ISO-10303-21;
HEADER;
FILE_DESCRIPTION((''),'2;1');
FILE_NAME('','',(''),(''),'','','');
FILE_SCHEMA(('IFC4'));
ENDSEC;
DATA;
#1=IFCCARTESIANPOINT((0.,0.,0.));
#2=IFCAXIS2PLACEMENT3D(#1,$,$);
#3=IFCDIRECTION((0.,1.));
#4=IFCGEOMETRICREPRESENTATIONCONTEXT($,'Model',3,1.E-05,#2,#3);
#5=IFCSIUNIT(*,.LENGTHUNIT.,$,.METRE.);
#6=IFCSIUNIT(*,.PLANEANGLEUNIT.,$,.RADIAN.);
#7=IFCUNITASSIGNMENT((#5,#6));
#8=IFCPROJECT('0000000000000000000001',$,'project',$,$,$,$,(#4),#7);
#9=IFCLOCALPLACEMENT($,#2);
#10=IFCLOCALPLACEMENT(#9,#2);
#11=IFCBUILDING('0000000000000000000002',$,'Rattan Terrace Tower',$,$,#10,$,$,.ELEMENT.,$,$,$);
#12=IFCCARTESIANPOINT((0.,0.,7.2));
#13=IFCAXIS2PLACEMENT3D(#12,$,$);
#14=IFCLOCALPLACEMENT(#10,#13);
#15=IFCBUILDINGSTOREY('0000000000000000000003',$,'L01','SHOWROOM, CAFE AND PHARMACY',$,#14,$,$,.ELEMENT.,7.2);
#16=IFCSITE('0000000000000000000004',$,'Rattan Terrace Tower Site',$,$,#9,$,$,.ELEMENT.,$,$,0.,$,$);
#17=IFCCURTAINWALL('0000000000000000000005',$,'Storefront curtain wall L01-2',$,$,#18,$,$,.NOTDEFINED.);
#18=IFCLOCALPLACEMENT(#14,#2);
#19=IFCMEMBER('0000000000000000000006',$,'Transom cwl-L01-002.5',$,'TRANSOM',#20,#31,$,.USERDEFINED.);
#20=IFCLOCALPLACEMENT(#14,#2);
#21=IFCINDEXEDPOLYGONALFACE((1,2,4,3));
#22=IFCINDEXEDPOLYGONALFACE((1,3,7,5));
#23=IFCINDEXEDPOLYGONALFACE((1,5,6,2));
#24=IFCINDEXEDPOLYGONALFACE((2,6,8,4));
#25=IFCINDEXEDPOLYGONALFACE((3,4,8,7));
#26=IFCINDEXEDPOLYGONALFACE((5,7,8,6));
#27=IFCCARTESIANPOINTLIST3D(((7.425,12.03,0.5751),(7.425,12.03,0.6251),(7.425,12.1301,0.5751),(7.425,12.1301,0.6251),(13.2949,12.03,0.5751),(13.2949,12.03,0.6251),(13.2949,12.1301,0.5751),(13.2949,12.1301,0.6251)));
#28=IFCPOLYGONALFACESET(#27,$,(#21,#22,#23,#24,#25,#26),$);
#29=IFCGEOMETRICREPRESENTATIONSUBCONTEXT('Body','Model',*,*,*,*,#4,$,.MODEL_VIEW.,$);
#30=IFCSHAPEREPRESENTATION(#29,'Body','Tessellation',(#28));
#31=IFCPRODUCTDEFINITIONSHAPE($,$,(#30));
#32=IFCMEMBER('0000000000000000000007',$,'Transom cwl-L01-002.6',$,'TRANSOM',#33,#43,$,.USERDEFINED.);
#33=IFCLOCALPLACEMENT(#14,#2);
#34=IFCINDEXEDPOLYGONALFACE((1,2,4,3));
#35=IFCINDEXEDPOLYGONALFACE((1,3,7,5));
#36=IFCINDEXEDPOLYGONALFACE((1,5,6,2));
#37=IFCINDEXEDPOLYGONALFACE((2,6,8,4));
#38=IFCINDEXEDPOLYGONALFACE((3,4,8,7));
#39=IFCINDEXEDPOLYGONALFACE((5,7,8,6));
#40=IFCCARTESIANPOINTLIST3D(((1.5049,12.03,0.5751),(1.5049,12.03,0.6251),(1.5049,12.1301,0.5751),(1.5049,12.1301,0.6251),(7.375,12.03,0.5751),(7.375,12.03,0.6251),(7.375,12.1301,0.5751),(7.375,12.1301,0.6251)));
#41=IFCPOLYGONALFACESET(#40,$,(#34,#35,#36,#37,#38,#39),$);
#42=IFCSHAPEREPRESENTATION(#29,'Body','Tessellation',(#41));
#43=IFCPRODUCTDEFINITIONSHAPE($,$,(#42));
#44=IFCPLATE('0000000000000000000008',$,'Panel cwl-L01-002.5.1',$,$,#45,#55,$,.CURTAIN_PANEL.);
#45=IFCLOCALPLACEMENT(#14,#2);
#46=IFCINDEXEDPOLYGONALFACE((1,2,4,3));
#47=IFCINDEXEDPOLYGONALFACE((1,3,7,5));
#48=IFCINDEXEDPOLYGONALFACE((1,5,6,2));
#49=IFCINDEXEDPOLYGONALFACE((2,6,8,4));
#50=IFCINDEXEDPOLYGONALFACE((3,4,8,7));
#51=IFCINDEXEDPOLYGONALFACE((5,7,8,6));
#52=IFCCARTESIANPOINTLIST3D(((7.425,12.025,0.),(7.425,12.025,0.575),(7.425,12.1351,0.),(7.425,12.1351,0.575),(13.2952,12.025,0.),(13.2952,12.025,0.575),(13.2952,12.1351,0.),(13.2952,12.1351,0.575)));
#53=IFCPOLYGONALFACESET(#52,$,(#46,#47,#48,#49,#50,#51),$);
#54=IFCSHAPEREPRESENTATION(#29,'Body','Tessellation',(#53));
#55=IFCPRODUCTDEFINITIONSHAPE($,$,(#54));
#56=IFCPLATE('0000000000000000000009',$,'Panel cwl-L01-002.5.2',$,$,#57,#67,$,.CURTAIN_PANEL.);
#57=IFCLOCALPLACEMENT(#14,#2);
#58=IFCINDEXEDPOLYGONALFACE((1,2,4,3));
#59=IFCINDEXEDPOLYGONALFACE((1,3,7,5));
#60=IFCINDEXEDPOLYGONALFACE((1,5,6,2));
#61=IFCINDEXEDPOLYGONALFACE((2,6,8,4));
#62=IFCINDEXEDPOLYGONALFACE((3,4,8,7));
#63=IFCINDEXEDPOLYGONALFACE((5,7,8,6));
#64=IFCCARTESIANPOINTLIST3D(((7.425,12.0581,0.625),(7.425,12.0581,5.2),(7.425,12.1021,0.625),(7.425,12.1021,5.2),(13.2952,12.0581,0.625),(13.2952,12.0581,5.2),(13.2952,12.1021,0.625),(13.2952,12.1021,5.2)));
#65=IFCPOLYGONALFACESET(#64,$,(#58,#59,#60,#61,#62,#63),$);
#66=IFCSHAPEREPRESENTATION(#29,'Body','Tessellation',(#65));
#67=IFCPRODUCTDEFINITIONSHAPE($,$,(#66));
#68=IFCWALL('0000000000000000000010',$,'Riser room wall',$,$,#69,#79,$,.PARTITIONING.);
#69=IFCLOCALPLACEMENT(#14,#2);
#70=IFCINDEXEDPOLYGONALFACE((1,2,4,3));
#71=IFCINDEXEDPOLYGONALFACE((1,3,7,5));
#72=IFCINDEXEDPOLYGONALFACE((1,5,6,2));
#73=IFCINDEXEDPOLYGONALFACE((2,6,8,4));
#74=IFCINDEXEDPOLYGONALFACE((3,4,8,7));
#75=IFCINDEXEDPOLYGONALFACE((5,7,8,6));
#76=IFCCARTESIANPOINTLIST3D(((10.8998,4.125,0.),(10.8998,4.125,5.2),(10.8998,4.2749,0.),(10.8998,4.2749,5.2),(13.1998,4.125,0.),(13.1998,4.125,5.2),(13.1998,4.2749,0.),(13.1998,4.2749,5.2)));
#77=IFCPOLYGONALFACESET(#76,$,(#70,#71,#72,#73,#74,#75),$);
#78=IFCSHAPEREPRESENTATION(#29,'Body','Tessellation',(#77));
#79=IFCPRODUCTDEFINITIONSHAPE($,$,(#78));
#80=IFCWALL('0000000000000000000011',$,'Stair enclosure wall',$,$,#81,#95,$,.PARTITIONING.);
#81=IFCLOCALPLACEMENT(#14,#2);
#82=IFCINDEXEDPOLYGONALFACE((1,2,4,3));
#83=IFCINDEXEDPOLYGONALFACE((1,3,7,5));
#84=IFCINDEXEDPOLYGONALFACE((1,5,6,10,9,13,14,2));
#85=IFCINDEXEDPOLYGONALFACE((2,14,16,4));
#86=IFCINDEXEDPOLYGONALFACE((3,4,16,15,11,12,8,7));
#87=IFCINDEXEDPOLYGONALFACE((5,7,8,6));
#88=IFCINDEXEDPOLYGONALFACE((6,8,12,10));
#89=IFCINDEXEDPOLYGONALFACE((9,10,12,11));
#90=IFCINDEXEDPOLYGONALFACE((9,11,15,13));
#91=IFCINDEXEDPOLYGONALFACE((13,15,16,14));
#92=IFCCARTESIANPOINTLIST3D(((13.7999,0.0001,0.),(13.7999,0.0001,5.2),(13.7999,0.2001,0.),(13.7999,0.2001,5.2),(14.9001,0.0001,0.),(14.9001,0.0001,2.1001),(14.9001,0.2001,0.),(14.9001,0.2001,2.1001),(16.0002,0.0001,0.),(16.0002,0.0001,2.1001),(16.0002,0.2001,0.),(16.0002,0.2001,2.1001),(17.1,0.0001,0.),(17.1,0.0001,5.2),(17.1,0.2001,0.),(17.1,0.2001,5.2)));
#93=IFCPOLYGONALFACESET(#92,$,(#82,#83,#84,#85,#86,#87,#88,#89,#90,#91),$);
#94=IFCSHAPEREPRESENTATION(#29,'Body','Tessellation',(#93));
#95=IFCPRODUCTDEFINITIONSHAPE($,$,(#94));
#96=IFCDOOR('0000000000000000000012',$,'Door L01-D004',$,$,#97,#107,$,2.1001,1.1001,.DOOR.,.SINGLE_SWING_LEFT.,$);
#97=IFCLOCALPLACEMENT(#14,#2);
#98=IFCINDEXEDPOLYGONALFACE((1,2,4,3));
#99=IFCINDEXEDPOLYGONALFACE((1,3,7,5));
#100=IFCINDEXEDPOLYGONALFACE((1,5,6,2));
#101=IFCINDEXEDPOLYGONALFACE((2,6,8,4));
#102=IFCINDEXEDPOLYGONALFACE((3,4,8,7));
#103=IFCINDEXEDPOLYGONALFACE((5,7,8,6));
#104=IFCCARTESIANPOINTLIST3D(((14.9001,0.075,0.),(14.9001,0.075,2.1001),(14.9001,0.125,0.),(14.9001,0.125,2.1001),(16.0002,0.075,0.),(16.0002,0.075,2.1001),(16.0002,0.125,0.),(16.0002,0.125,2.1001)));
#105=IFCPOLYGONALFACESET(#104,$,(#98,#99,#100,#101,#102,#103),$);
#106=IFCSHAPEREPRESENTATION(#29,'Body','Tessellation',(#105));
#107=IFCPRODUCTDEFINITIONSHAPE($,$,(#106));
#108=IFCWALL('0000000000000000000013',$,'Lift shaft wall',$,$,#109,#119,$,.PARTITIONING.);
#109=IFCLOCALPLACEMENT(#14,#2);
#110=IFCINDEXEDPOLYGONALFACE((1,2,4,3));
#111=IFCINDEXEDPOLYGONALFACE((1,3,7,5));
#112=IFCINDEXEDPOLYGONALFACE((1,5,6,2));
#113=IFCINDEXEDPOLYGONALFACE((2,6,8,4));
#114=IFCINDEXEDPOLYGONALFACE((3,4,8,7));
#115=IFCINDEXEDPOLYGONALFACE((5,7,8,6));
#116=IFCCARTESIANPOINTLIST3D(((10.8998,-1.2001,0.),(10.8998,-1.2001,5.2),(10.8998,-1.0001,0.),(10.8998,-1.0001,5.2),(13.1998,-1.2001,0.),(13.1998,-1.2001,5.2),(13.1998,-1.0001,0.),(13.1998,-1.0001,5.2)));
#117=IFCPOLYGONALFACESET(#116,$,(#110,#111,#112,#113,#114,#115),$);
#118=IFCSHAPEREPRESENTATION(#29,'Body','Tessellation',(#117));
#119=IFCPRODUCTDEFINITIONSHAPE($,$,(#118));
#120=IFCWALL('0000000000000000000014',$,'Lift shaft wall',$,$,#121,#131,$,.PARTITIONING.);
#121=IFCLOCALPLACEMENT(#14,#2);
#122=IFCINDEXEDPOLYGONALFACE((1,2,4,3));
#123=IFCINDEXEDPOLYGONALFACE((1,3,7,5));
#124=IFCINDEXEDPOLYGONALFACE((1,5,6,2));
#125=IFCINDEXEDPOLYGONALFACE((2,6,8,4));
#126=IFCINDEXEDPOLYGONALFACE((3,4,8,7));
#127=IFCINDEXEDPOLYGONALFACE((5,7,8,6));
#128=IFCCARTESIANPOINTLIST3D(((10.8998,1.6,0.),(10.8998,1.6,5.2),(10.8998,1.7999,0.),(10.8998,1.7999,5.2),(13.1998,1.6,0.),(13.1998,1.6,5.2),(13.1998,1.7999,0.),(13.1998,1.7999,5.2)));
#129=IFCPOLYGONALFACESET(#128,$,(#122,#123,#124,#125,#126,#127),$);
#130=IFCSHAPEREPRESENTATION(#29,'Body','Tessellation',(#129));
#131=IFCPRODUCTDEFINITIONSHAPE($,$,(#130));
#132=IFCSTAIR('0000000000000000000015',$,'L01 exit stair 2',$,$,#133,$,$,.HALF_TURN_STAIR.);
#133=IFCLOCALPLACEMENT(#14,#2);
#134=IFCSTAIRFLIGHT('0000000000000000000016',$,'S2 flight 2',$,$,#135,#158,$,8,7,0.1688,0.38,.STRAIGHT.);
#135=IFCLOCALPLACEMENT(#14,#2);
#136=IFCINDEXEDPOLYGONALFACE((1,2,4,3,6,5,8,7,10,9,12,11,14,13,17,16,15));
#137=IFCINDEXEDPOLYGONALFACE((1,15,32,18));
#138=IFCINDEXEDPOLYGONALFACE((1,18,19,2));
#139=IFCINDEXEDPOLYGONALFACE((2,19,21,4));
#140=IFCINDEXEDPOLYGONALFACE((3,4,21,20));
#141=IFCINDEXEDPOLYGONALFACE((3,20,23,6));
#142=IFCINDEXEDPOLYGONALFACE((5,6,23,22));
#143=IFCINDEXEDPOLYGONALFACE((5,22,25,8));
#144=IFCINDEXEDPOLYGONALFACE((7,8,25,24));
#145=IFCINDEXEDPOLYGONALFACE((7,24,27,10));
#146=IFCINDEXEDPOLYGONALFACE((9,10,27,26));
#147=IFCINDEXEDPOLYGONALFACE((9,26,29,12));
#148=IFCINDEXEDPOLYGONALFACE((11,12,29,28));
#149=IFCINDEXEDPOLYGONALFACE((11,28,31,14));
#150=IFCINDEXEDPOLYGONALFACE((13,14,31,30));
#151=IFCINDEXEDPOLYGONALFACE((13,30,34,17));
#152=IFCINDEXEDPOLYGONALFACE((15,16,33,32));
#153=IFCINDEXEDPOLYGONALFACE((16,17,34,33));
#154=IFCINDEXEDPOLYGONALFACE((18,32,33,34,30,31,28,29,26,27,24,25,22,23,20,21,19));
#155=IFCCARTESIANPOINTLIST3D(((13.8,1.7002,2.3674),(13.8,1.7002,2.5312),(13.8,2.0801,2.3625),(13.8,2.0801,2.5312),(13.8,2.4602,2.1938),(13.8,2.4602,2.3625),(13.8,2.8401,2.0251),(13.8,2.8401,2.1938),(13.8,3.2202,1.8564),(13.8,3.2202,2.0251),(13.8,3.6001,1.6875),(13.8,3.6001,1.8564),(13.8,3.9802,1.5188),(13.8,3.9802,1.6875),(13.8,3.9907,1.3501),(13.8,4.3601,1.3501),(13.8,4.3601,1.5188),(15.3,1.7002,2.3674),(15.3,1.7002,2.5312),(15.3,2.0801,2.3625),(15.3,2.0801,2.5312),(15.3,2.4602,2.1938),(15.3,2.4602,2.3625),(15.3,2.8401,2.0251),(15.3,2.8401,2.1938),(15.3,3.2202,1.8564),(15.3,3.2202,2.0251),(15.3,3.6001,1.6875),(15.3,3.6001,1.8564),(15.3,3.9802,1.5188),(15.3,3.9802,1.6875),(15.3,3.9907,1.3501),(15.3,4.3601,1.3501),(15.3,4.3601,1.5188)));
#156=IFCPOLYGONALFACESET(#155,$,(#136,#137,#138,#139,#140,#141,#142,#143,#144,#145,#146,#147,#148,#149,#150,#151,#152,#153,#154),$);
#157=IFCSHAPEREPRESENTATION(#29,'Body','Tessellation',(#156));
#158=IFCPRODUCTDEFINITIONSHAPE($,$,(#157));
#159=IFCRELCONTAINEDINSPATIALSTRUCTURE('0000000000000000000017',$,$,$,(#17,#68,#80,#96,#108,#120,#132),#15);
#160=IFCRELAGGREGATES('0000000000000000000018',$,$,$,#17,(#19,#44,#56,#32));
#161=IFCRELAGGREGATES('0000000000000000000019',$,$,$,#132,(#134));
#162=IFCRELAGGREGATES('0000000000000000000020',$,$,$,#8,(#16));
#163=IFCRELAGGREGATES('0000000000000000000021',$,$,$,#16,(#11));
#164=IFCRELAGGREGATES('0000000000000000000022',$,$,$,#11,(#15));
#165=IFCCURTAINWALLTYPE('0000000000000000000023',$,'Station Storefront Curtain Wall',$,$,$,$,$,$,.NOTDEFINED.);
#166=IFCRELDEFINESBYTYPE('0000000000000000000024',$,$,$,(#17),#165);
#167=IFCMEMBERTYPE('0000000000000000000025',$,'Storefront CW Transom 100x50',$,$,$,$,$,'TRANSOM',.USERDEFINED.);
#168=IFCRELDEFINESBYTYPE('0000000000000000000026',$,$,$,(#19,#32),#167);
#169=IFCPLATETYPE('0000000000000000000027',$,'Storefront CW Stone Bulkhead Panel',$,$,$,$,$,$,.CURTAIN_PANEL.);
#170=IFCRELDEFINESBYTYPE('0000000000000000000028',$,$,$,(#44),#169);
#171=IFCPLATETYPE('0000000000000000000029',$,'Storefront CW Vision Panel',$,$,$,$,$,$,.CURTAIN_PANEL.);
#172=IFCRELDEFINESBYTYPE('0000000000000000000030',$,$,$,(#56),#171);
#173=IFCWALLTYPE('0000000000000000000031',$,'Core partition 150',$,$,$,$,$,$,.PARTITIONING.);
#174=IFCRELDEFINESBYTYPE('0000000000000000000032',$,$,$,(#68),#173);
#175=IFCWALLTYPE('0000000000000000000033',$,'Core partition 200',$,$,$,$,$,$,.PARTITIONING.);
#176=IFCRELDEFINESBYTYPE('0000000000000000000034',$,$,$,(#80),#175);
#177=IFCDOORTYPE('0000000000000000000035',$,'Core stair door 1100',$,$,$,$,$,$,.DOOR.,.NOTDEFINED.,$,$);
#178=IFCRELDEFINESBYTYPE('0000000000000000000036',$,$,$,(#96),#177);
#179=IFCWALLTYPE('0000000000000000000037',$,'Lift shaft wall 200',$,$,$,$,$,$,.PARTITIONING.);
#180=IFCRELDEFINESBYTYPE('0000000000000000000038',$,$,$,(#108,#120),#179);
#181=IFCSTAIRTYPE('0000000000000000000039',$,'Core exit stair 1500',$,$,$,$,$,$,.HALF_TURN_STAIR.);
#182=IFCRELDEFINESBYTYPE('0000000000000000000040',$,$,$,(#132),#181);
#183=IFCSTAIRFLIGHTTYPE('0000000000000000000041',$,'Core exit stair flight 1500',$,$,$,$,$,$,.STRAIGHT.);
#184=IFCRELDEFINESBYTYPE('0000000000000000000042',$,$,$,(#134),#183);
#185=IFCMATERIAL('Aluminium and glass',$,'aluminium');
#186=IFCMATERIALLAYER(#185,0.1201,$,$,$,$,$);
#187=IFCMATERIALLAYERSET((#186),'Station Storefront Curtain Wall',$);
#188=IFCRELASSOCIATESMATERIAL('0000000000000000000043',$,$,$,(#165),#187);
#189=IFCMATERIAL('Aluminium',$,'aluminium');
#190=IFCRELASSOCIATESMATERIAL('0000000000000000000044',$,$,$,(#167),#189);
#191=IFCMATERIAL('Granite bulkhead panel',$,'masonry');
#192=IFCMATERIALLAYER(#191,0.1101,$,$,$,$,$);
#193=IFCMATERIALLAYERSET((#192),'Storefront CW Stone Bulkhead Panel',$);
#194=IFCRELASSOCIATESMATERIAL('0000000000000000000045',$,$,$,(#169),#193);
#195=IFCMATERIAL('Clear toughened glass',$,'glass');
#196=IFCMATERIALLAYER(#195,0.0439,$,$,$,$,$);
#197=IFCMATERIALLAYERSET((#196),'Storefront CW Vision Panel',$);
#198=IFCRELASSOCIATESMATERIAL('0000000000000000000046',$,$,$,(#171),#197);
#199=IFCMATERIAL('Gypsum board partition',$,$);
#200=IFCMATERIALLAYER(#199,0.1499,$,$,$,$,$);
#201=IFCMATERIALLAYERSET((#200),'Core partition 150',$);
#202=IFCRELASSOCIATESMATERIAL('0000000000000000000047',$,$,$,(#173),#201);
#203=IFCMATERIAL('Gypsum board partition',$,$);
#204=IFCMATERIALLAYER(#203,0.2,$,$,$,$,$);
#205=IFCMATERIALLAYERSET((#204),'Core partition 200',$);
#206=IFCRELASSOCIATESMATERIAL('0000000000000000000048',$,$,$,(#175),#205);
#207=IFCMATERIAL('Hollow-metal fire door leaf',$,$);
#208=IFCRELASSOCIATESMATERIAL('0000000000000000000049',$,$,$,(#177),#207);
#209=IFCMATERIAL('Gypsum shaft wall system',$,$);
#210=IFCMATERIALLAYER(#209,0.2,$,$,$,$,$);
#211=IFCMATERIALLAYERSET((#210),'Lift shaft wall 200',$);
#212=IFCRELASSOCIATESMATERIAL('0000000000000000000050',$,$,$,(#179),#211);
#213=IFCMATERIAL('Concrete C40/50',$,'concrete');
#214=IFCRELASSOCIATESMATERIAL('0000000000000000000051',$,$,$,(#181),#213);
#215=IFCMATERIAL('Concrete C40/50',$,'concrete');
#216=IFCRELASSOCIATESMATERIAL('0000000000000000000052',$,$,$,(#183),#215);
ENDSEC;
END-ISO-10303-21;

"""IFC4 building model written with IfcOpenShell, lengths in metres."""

from ifc_helpers import new_model, si_unit, direction, frame, frame_2d, origin, origin_2d, place, context, subcontext, project, spatial, polyline, rectangle, outline, extrude, material, layer, layer_set, material_profile, profile_set, type_object, element, fill, aggregate, save


model = new_model("IFC4")

# Units and contexts
model_context = context("Model", 3, precision=1e-05, world=origin(), true_north=direction((0.0, 1.0)))
body_context = subcontext(model_context, "Body", "Model", "MODEL_VIEW")
ifc_project = project(units=[si_unit("LENGTHUNIT", "METRE"), si_unit("PLANEANGLEUNIT", "RADIAN")], contexts=[model_context])

# Site, building, storey
site_placement = place(None, origin())
site = spatial("IfcSite", under=ifc_project, at=site_placement, Name="Rattan Terrace Tower Site", CompositionType="ELEMENT", RefElevation=0.0)
building_placement = place(site_placement, origin())
building = spatial("IfcBuilding", under=site, at=building_placement, Name="Rattan Terrace Tower", CompositionType="ELEMENT")
storey_placement = place(building_placement, frame((0.0, 0.0, 7.2)))
storey = spatial("IfcBuildingStorey", under=building, at=storey_placement, Name="L01", Description="SHOWROOM, CAFE AND PHARMACY", CompositionType="ELEMENT", Elevation=7.2)

# Curtain wall, members, plates
ifc_material_1 = material(Name="Aluminium and glass", Category="aluminium")
ifc_layer_1 = layer(ifc_material_1, 0.1201)
ifc_layer_set_1 = layer_set([ifc_layer_1], Name="Station Storefront Curtain Wall")
curtain_wall_type = type_object("IfcCurtainWallType", Name="Station Storefront Curtain Wall", PredefinedType="NOTDEFINED", material=ifc_layer_set_1)
curtain_wall_placement = place(storey_placement, origin())
curtain_wall = element("IfcCurtainWall", 1, at=curtain_wall_placement, inside=storey, type_object=curtain_wall_type, Name="Storefront curtain wall L01-2", PredefinedType="NOTDEFINED")
ifc_material_2 = material(Name="Aluminium", Category="aluminium")
ifc_material_profile_1 = material_profile(ifc_material_2, rectangle(XDim=0.1001, YDim=0.05, at=origin_2d()), Name="Aluminium 100x50")
ifc_profile_set_1 = profile_set([ifc_material_profile_1], Name="Aluminium")
member_type_1 = type_object("IfcMemberType", Name="Storefront CW Transom 100x50", ElementType="TRANSOM", PredefinedType="USERDEFINED", material=ifc_profile_set_1)
member_1_placement = place(storey_placement, frame((13.2949, 12.0801, 0.6001), z_axis=(-1.0, 0.0, 0.0), x_axis=(0.0, -1.0, 0.0)))
member_1 = element("IfcMember", 2, at=member_1_placement, type_object=member_type_1, Name="Transom cwl-L01-002.5", ObjectType="TRANSOM", PredefinedType="USERDEFINED", context=body_context, shape_type="SweptSolid", body=[
    extrude(rectangle(XDim=0.1001, YDim=0.05, at=origin_2d()), origin(), (0.0, 0.0, 1.0), 5.8699),
])
member_2_placement = place(storey_placement, frame((7.375, 12.0801, 0.6001), z_axis=(-1.0, 0.0, 0.0), x_axis=(0.0, -1.0, 0.0)))
member_2 = element("IfcMember", 3, at=member_2_placement, type_object=member_type_1, Name="Transom cwl-L01-002.6", ObjectType="TRANSOM", PredefinedType="USERDEFINED", context=body_context, shape_type="SweptSolid", body=[
    extrude(rectangle(XDim=0.1001, YDim=0.05, at=origin_2d()), origin(), (0.0, 0.0, 1.0), 5.8701),
])
ifc_material_3 = material(Name="Granite bulkhead panel", Category="masonry")
ifc_layer_2 = layer(ifc_material_3, 0.1101)
ifc_layer_set_2 = layer_set([ifc_layer_2], Name="Storefront CW Stone Bulkhead Panel")
plate_type_1 = type_object("IfcPlateType", Name="Storefront CW Stone Bulkhead Panel", PredefinedType="CURTAIN_PANEL", material=ifc_layer_set_2)
plate_1_placement = place(storey_placement, frame((10.3601, 12.0801, 0.0), z_axis=(0.0, 0.0, 1.0), x_axis=(-1.0, 0.0, 0.0)))
plate_1 = element("IfcPlate", 4, at=plate_1_placement, type_object=plate_type_1, Name="Panel cwl-L01-002.5.1", PredefinedType="CURTAIN_PANEL", context=body_context, shape_type="SweptSolid", body=[
    extrude(rectangle(XDim=5.8701, YDim=0.1101, at=origin_2d()), origin(), (0.0, 0.0, 1.0), 0.575),
])
ifc_material_4 = material(Name="Clear toughened glass", Category="glass")
ifc_layer_3 = layer(ifc_material_4, 0.0439)
ifc_layer_set_3 = layer_set([ifc_layer_3], Name="Storefront CW Vision Panel")
plate_type_2 = type_object("IfcPlateType", Name="Storefront CW Vision Panel", PredefinedType="CURTAIN_PANEL", material=ifc_layer_set_3)
plate_2_placement = place(storey_placement, frame((10.3601, 12.0801, 0.625), z_axis=(0.0, 0.0, 1.0), x_axis=(-1.0, 0.0, 0.0)))
plate_2 = element("IfcPlate", 5, at=plate_2_placement, type_object=plate_type_2, Name="Panel cwl-L01-002.5.2", PredefinedType="CURTAIN_PANEL", context=body_context, shape_type="SweptSolid", body=[
    extrude(rectangle(XDim=5.8701, YDim=0.0439, at=origin_2d()), origin(), (0.0, 0.0, 1.0), 4.575),
])
aggregate(curtain_wall, [member_1, plate_1, plate_2, member_2])

# Wall
ifc_material_5 = material(Name="Gypsum board partition")
ifc_layer_4 = layer(ifc_material_5, 0.1499)
ifc_layer_set_4 = layer_set([ifc_layer_4], Name="Core partition 150")
wall_type_1 = type_object("IfcWallType", Name="Core partition 150", PredefinedType="PARTITIONING", material=ifc_layer_set_4)
wall_1_placement = place(storey_placement, frame((10.8999, 4.2, 0.0), z_axis=(0.0, 0.0, 1.0), x_axis=(1.0, 0.0, 0.0)))
element("IfcWall", 6, at=wall_1_placement, inside=storey, type_object=wall_type_1, Name="Riser room wall", PredefinedType="PARTITIONING", context=body_context, shape_type="SweptSolid", body=[
    extrude(rectangle(XDim=2.3, YDim=0.1499, at=frame_2d((1.1499, 0.0))), origin(), (0.0, 0.0, 1.0), 5.2),
])

# Wall, opening, door
ifc_material_6 = material(Name="Gypsum board partition")
ifc_layer_5 = layer(ifc_material_6, 0.2)
ifc_layer_set_5 = layer_set([ifc_layer_5], Name="Core partition 200")
wall_type_2 = type_object("IfcWallType", Name="Core partition 200", PredefinedType="PARTITIONING", material=ifc_layer_set_5)
wall_2_placement = place(storey_placement, frame((13.8, 0.1001, 0.0), z_axis=(0.0, 0.0, 1.0), x_axis=(1.0, 0.0, 0.0)))
wall_2 = element("IfcWall", 7, at=wall_2_placement, inside=storey, type_object=wall_type_2, Name="Stair enclosure wall", PredefinedType="PARTITIONING", context=body_context, shape_type="SweptSolid", body=[
    extrude(rectangle(XDim=3.3, YDim=0.2, at=frame_2d((1.6499, 0.0))), origin(), (0.0, 0.0, 1.0), 5.2),
])
opening_placement = place(wall_2_placement, frame((1.1001, 0.0, 0.0)))
opening = element("IfcOpeningElement", 8, at=opening_placement, cuts=wall_2, PredefinedType="OPENING", context=body_context, shape_type="SweptSolid", body=[
    extrude(rectangle(XDim=1.1001, YDim=2.1001, at=frame_2d((0.55, 1.05))), frame((0.0, 0.1106, 0.0), z_axis=(0.0, -1.0, 0.0), x_axis=(1.0, 0.0, 0.0)), (0.0, 0.0, 1.0), 0.2209),
])
ifc_material_7 = material(Name="Hollow-metal fire door leaf")
door_type = type_object("IfcDoorType", Name="Core stair door 1100", OperationType="NOTDEFINED", PredefinedType="DOOR", material=ifc_material_7)
door_placement = place(opening_placement, origin())
door = element("IfcDoor", 9, at=door_placement, inside=storey, type_object=door_type, Name="Door L01-D004", OperationType="SINGLE_SWING_LEFT", OverallHeight=2.1001, OverallWidth=1.1001, PredefinedType="DOOR", context=body_context, shape_type="SweptSolid", body=[
    extrude(rectangle(XDim=1.1001, YDim=2.1001, at=frame_2d((0.55, 1.05))), frame((0.0, 0.0249, 0.0), z_axis=(0.0, -1.0, 0.0), x_axis=(1.0, 0.0, 0.0)), (0.0, 0.0, 1.0), 0.05),
])
fill(opening, door)

# Walls
ifc_material_8 = material(Name="Gypsum shaft wall system")
ifc_layer_6 = layer(ifc_material_8, 0.2)
ifc_layer_set_6 = layer_set([ifc_layer_6], Name="Lift shaft wall 200")
wall_type_3 = type_object("IfcWallType", Name="Lift shaft wall 200", PredefinedType="PARTITIONING", material=ifc_layer_set_6)
for number, where, z_axis, x_axis, name in (
    (10, (10.8999, -1.1001, 0.0), (0.0, 0.0, 1.0), (1.0, 0.0, 0.0), "Lift shaft wall"),
    (11, (10.8999, 1.7, 0.0), (0.0, 0.0, 1.0), (1.0, 0.0, 0.0), "Lift shaft wall"),
):
    element("IfcWall", number, at=place(storey_placement, frame(where, z_axis=z_axis, x_axis=x_axis)), inside=storey, type_object=wall_type_3, Name=name, PredefinedType="PARTITIONING", context=body_context, shape_type="SweptSolid", body=[
        extrude(rectangle(XDim=2.3, YDim=0.2, at=frame_2d((1.1499, 0.0))), origin(), (0.0, 0.0, 1.0), 5.2),
    ])

# Stair, stair flight
ifc_material_9 = material(Name="Concrete C40/50", Category="concrete")
stair_type = type_object("IfcStairType", Name="Core exit stair 1500", PredefinedType="HALF_TURN_STAIR", material=ifc_material_9)
stair_1_placement = place(storey_placement, origin())
stair_1 = element("IfcStair", 12, at=stair_1_placement, inside=storey, type_object=stair_type, Name="L01 exit stair 2", PredefinedType="HALF_TURN_STAIR")
ifc_material_10 = material(Name="Concrete C40/50", Category="concrete")
stair_flight_type = type_object("IfcStairFlightType", Name="Core exit stair flight 1500", PredefinedType="STRAIGHT", material=ifc_material_10)
stair_flight_1_placement = place(storey_placement, frame((14.55, 4.3601, 1.3501), z_axis=(0.0, 0.0, 1.0), x_axis=(0.0, -1.0, 0.0)))
stair_flight_1 = element("IfcStairFlight", 13, at=stair_flight_1_placement, type_object=stair_flight_type, Name="S2 flight 2", NumberOfRisers=8, NumberOfTreads=7, PredefinedType="STRAIGHT", RiserHeight=0.1688, TreadLength=0.38, context=body_context, shape_type="SweptSolid", body=[
    extrude(outline(polyline([(0.0, 0.0), (0.0, 0.1687), (0.3799, 0.1687), (0.3799, 0.3374), (0.76, 0.3374), (0.76, 0.5063), (1.1399, 0.5063), (1.1399, 0.675), (1.52, 0.675), (1.52, 0.8438), (1.8999, 0.8438), (1.8999, 1.0125), (2.28, 1.0125), (2.28, 1.1812), (2.6599, 1.1812), (2.6599, 1.3501), (2.6599, 1.0173), (0.3694, 0.0), (0.0, 0.0)])), frame((0.0, 0.75, 0.0), z_axis=(0.0, -1.0, 0.0), x_axis=(1.0, 0.0, 0.0)), (0.0, 0.0, 1.0), 1.5),
])
aggregate(stair_1, [stair_flight_1])

save(model, "model.ifc")
